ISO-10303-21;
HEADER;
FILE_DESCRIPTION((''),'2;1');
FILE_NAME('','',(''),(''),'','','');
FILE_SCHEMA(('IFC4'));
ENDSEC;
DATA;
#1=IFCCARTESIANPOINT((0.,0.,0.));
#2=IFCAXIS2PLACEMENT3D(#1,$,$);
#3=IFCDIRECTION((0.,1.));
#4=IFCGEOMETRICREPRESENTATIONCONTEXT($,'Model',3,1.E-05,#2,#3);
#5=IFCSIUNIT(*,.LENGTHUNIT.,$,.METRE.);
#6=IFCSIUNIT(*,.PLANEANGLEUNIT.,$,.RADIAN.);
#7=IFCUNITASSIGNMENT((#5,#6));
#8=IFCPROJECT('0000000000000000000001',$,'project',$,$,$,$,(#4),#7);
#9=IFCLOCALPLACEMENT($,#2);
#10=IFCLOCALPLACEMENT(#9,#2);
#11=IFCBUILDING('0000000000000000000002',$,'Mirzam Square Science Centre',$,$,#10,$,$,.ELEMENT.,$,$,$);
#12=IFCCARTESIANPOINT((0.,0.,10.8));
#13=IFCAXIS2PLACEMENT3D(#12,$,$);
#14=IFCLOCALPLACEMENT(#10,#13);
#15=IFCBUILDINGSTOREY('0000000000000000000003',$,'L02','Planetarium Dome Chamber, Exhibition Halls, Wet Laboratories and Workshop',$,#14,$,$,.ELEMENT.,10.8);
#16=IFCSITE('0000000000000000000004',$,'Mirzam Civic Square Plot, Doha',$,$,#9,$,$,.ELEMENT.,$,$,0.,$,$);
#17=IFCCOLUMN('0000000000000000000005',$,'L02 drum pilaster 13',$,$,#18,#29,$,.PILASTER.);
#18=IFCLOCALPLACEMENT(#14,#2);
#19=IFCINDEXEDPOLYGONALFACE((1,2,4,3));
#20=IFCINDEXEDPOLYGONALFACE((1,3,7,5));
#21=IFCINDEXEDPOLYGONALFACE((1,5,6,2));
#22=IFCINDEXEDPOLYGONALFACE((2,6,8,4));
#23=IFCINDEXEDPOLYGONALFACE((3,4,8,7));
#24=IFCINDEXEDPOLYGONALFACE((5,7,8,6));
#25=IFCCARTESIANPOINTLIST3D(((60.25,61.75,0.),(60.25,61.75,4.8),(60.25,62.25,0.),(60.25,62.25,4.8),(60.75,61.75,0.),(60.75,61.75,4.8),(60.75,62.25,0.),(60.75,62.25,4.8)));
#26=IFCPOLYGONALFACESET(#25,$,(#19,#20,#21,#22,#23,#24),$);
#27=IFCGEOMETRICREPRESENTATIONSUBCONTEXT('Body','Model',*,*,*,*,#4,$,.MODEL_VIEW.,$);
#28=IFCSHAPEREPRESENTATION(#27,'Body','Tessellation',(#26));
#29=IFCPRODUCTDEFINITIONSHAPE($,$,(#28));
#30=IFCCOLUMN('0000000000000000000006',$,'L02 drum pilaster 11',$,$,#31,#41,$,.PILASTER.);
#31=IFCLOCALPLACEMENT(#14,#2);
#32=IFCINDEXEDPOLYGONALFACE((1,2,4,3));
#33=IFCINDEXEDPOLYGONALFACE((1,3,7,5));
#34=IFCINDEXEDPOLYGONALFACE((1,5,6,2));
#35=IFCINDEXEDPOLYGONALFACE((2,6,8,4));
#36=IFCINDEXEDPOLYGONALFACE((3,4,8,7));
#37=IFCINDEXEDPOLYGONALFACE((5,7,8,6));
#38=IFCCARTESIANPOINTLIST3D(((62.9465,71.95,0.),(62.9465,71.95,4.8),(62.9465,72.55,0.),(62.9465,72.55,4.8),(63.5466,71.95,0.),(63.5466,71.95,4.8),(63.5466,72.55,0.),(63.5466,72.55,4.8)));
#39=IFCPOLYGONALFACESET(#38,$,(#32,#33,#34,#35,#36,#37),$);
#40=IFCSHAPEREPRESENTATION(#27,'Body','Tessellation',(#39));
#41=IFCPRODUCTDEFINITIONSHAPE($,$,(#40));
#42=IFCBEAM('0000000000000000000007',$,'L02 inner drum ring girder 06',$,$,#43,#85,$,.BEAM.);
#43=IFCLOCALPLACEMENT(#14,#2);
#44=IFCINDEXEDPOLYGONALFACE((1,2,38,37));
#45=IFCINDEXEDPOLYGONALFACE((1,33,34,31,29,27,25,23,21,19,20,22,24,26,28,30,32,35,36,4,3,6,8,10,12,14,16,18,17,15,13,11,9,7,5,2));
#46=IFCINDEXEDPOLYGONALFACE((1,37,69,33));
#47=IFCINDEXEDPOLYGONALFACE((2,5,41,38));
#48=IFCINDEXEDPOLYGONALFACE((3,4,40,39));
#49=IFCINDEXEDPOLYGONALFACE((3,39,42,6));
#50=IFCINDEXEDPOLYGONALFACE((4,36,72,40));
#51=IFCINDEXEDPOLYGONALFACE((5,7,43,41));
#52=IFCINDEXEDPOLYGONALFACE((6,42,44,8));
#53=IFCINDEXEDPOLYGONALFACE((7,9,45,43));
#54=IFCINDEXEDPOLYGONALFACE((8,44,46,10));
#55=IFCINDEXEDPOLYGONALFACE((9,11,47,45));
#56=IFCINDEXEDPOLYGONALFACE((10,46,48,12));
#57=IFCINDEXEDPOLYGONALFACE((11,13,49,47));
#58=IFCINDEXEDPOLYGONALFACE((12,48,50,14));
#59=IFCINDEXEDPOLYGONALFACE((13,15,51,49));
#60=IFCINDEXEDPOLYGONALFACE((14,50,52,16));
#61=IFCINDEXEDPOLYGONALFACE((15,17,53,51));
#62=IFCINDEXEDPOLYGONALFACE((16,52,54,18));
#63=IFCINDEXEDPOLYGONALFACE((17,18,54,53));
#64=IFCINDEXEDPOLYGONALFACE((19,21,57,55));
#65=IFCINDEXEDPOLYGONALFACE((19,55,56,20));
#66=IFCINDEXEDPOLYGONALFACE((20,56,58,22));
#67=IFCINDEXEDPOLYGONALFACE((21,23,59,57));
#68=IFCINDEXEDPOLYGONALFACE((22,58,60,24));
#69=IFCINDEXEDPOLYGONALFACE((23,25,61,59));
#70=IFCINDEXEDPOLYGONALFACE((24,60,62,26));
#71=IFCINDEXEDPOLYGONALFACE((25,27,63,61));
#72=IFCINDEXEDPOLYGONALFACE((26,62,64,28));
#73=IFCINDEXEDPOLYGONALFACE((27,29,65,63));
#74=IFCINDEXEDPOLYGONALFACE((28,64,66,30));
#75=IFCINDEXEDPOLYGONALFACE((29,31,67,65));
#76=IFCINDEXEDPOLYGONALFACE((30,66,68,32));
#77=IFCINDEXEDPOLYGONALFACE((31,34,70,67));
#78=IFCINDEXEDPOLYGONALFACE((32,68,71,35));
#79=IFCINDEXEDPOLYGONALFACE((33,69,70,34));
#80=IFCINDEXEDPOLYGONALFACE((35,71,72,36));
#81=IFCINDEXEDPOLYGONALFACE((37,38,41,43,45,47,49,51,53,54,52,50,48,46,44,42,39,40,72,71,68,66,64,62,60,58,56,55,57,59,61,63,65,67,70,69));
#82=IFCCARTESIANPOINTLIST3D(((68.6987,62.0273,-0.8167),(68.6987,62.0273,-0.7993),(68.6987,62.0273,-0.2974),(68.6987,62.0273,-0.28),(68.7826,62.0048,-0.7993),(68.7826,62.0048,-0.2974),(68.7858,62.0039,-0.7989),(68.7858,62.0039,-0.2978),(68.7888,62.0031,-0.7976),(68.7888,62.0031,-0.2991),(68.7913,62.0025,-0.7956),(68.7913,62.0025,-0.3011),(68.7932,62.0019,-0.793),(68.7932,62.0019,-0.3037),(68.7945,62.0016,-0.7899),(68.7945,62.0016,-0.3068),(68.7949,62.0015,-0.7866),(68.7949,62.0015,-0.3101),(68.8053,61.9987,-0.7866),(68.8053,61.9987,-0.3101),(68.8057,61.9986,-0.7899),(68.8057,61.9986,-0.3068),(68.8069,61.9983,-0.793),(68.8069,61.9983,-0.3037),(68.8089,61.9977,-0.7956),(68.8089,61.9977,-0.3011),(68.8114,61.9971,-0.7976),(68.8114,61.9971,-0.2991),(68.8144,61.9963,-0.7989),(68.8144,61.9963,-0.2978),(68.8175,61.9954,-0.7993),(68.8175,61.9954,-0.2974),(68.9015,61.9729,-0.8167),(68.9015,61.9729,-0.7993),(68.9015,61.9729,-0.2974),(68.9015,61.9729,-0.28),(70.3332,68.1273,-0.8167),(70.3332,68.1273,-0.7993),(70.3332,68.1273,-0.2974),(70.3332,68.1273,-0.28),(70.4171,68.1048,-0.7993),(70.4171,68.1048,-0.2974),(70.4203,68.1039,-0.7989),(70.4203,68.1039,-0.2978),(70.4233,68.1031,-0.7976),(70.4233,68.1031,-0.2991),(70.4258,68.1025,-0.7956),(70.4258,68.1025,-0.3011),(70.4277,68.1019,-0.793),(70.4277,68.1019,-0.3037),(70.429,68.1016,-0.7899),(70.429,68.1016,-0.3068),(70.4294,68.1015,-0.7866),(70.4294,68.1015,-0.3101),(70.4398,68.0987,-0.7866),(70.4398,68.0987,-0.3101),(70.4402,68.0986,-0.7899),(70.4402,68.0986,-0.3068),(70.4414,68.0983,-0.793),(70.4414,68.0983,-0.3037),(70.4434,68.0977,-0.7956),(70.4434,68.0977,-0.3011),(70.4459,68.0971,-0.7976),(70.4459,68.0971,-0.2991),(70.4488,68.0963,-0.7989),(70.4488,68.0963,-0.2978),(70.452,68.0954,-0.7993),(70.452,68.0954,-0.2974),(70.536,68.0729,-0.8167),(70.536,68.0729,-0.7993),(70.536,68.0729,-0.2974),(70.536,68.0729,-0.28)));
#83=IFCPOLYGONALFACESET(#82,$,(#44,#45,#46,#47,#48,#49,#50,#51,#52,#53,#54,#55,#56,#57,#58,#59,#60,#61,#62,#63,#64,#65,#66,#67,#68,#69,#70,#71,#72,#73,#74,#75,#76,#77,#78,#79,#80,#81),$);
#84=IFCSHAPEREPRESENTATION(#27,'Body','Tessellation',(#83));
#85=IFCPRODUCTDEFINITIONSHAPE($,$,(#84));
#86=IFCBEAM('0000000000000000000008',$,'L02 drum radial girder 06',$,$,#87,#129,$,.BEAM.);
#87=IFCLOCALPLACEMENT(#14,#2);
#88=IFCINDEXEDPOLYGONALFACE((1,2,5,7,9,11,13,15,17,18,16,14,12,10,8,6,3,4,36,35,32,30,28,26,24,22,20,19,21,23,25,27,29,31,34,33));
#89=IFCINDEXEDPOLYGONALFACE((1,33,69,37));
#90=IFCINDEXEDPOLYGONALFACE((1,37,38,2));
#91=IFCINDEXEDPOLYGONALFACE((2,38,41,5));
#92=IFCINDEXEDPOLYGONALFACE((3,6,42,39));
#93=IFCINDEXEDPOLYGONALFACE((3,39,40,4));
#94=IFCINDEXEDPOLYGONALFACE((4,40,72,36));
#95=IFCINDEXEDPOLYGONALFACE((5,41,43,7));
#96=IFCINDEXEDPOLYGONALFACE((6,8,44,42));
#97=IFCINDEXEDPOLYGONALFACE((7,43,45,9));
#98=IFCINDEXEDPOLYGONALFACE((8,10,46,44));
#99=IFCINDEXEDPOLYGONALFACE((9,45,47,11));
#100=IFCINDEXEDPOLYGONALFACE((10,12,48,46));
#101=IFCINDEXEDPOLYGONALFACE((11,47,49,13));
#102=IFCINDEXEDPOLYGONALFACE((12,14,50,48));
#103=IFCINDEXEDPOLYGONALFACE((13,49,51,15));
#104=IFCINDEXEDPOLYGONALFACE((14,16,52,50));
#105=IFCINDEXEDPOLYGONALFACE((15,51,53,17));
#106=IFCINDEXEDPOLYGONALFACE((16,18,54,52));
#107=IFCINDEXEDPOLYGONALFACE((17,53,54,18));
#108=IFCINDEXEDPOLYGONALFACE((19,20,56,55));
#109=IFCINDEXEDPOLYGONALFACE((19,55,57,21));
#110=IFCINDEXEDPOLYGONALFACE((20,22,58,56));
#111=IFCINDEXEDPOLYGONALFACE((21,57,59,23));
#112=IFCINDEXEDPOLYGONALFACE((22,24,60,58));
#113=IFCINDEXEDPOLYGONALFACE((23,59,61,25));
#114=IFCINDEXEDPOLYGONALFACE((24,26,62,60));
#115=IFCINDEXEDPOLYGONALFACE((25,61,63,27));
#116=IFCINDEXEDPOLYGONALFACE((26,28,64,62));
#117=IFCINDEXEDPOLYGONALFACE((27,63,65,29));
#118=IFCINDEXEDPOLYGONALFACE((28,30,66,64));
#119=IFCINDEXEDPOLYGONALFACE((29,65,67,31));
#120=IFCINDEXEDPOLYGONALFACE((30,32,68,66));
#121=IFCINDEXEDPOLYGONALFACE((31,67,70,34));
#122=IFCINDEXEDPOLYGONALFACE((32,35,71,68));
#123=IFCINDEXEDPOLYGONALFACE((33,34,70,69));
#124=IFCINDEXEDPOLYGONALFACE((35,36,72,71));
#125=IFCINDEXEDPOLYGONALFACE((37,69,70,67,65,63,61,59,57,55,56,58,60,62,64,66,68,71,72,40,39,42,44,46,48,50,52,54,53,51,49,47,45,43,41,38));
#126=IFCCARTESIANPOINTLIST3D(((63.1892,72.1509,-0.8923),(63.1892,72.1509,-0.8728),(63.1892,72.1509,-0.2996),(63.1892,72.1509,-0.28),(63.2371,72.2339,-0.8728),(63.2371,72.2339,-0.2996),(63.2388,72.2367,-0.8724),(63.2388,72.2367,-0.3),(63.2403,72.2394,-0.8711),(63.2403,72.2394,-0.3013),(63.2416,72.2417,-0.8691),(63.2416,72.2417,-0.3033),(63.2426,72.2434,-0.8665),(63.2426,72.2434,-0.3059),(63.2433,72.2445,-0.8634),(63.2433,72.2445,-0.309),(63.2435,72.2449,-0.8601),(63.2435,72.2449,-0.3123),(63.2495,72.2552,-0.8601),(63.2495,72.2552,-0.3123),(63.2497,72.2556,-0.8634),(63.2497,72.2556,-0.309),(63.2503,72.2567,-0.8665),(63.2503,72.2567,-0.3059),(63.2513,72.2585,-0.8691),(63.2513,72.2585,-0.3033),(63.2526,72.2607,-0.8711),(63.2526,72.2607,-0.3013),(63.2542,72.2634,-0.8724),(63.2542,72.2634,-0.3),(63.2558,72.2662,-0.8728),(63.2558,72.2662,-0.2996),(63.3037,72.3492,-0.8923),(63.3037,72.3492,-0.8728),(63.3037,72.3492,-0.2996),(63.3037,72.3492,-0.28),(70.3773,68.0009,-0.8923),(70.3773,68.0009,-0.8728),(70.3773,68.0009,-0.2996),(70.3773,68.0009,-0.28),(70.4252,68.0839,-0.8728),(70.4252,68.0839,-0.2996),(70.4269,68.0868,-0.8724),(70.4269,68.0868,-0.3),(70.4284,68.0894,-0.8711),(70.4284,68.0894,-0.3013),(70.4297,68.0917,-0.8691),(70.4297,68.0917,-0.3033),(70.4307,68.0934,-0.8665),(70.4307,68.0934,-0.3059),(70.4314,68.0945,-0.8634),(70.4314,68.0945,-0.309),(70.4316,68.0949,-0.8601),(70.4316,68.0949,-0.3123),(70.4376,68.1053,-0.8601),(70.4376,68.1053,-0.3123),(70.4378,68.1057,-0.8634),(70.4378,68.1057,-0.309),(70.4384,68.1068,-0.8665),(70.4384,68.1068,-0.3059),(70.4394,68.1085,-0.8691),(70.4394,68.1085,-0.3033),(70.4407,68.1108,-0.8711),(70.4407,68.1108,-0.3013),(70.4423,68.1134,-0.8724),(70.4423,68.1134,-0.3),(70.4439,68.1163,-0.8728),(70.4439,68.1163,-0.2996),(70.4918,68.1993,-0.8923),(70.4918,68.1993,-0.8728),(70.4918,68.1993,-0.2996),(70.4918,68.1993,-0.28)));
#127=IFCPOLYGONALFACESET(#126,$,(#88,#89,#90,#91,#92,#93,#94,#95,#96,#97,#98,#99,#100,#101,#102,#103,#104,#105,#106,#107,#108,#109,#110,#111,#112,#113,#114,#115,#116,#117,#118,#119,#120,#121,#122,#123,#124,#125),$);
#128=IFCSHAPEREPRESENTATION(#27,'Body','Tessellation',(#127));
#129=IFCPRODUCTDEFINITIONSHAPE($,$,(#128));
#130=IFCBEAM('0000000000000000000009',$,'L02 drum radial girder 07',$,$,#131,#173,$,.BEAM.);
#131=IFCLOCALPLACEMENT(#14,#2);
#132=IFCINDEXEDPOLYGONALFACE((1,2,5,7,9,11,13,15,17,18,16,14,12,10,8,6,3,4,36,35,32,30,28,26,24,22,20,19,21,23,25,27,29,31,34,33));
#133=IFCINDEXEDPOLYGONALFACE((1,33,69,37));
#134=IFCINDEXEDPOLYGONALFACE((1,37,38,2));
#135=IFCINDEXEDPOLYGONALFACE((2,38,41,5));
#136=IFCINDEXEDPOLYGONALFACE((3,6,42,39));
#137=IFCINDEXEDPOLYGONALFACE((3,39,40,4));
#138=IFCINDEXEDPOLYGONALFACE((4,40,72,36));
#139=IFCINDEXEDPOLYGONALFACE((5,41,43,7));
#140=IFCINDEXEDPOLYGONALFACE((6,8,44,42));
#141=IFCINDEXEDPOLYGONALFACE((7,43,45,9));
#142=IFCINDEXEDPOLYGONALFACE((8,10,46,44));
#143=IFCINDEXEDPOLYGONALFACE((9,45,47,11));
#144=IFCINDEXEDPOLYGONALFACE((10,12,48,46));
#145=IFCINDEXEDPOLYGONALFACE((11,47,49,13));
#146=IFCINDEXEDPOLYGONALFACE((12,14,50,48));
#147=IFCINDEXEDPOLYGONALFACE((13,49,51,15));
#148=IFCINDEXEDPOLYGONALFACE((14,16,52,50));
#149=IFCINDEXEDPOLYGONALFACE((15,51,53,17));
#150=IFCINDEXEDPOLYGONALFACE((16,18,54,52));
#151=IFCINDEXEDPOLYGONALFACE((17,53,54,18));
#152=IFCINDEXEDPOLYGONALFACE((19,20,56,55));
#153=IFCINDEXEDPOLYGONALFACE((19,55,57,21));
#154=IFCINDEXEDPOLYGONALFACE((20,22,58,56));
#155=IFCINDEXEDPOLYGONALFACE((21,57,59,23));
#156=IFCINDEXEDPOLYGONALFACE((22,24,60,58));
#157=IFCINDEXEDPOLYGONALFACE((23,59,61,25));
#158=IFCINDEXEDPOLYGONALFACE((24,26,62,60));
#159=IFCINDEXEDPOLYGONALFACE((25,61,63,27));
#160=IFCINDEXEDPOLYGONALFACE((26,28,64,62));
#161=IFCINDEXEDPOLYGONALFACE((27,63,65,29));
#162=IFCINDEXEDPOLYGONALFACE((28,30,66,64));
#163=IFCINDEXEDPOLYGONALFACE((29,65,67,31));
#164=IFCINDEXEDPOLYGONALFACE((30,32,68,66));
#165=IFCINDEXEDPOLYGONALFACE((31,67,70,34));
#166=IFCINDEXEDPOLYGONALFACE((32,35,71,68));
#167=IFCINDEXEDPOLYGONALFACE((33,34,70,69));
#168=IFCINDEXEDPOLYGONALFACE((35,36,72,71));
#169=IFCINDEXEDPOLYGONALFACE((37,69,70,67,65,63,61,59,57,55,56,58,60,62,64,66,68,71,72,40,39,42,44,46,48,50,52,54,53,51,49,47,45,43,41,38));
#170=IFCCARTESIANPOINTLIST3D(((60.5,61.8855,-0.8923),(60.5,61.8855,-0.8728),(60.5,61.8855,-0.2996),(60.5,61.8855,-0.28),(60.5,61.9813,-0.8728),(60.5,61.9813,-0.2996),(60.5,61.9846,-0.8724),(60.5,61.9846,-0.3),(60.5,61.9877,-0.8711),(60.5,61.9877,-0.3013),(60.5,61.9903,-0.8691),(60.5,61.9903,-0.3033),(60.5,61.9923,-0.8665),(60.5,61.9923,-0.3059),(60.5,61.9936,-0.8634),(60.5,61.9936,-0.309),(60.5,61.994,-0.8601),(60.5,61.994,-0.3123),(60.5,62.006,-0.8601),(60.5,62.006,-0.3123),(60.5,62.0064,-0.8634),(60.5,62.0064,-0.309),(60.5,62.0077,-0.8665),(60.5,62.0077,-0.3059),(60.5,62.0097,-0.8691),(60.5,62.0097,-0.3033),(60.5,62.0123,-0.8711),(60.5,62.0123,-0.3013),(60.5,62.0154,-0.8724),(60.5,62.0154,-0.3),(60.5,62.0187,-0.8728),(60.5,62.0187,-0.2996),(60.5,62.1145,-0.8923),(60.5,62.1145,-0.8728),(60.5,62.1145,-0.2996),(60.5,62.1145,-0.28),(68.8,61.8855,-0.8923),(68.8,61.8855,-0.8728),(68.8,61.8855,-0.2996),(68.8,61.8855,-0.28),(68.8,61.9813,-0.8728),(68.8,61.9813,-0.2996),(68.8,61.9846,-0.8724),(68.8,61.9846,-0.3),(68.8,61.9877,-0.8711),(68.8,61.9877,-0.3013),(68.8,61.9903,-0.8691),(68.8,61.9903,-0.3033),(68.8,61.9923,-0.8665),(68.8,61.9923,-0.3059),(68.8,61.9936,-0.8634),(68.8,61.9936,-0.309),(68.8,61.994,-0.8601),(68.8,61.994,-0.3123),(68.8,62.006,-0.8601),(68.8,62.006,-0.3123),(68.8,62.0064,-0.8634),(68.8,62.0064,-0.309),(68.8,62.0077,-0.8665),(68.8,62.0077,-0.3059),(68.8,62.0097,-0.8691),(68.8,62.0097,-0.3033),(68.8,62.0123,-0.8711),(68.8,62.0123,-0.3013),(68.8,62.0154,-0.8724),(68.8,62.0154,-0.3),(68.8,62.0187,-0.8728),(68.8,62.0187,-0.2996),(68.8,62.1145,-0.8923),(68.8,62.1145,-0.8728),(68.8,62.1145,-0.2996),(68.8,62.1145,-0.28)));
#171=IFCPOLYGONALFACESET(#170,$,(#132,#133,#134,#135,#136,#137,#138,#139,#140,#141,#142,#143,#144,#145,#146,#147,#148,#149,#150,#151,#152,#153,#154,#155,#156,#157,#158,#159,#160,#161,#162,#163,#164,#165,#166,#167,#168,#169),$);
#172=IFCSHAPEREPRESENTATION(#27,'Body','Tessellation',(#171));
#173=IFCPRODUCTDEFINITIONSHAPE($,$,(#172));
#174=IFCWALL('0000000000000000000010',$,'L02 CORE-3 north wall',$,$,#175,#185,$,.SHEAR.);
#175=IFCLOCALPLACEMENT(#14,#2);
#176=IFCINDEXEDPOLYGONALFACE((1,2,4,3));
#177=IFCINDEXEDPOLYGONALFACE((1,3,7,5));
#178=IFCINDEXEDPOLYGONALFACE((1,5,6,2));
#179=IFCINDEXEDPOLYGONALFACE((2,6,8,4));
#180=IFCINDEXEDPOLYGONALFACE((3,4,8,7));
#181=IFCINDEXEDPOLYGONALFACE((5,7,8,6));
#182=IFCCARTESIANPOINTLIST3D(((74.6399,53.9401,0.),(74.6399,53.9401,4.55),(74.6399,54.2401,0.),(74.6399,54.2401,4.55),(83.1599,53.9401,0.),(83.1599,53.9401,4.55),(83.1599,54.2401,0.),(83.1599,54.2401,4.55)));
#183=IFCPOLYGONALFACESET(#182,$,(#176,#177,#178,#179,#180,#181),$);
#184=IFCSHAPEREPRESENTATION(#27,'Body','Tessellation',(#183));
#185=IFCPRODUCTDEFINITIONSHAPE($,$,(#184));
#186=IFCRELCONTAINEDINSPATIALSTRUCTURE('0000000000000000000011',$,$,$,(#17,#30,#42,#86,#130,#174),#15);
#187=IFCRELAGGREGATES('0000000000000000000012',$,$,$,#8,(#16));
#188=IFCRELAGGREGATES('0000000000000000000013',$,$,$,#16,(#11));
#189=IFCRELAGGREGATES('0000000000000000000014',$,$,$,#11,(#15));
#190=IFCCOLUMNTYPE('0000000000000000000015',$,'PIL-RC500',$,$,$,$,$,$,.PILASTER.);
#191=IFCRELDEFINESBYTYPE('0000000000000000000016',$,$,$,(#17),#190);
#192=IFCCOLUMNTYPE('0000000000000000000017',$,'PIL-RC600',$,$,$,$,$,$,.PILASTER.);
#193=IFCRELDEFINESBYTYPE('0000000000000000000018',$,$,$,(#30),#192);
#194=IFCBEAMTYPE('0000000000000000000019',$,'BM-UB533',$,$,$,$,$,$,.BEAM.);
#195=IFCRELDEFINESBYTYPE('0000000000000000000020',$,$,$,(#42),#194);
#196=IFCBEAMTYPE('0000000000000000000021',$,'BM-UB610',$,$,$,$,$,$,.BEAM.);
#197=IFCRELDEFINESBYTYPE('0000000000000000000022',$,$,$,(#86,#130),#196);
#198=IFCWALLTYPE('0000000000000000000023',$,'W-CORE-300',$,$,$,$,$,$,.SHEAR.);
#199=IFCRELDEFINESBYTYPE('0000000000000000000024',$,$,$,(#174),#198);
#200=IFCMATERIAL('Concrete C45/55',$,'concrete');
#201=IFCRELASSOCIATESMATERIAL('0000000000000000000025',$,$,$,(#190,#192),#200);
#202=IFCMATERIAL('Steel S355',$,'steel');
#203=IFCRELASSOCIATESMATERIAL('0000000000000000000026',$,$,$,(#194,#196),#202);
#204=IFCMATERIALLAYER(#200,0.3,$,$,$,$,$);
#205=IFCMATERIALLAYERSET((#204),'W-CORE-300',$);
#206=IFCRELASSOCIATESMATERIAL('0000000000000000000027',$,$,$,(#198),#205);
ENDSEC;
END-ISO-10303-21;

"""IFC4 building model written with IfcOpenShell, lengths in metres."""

from ifc_helpers import new_model, si_unit, direction, frame, frame_2d, origin, origin_2d, place, context, subcontext, project, spatial, rectangle, i_section, extrude, material, layer, layer_set, material_profile, profile_set, type_object, element, save


model = new_model("IFC4")

# Units and contexts
model_context = context("Model", 3, precision=1e-05, world=origin(), true_north=direction((0.0, 1.0)))
body_context = subcontext(model_context, "Body", "Model", "MODEL_VIEW")
ifc_project = project(units=[si_unit("LENGTHUNIT", "METRE"), si_unit("PLANEANGLEUNIT", "RADIAN")], contexts=[model_context])

# Site, building, storey
site_placement = place(None, origin())
site = spatial("IfcSite", under=ifc_project, at=site_placement, Name="Mirzam Civic Square Plot, Doha", CompositionType="ELEMENT", RefElevation=0.0)
building_placement = place(site_placement, origin())
building = spatial("IfcBuilding", under=site, at=building_placement, Name="Mirzam Square Science Centre", CompositionType="ELEMENT")
storey_placement = place(building_placement, frame((0.0, 0.0, 10.8)))
storey = spatial("IfcBuildingStorey", under=building, at=storey_placement, Name="L02", Description="Planetarium Dome Chamber, Exhibition Halls, Wet Laboratories and Workshop", CompositionType="ELEMENT", Elevation=10.8)

# Columns
ifc_material_1 = material(Name="Concrete C45/55", Category="concrete")
ifc_material_profile_1 = material_profile(ifc_material_1, rectangle(XDim=0.5, YDim=0.5, at=origin_2d()), Name="RC500x500")
ifc_profile_set_1 = profile_set([ifc_material_profile_1], Name="Concrete C45/55")
column_type_1 = type_object("IfcColumnType", Name="PIL-RC500", PredefinedType="PILASTER", material=ifc_profile_set_1)
column_1_placement = place(storey_placement, frame((60.5, 62.0, 0.0), z_axis=(0.0, 0.0, 1.0), x_axis=(1.0, 0.0, 0.0)))
element("IfcColumn", 1, at=column_1_placement, inside=storey, type_object=column_type_1, Name="L02 drum pilaster 13", PredefinedType="PILASTER", context=body_context, shape_type="SweptSolid", body=[
    extrude(rectangle(XDim=0.5, YDim=0.5, at=origin_2d()), origin(), (0.0, 0.0, 1.0), 4.8),
])
ifc_material_profile_2 = material_profile(ifc_material_1, rectangle(XDim=0.6001, YDim=0.6001, at=origin_2d()), Name="RC600x600")
ifc_profile_set_2 = profile_set([ifc_material_profile_2], Name="Concrete C45/55")
column_type_2 = type_object("IfcColumnType", Name="PIL-RC600", PredefinedType="PILASTER", material=ifc_profile_set_2)
column_2_placement = place(storey_placement, frame((63.2466, 72.25, 0.0), z_axis=(0.0, 0.0, 1.0), x_axis=(1.0, 0.0, 0.0)))
element("IfcColumn", 2, at=column_2_placement, inside=storey, type_object=column_type_2, Name="L02 drum pilaster 11", PredefinedType="PILASTER", context=body_context, shape_type="SweptSolid", body=[
    extrude(rectangle(XDim=0.6001, YDim=0.6001, at=origin_2d()), origin(), (0.0, 0.0, 1.0), 4.8),
])

# Beams
ifc_material_2 = material(Name="Steel S355", Category="steel")
ifc_material_profile_3 = material_profile(ifc_material_2, i_section(OverallWidth=0.21, OverallDepth=0.5366, WebThickness=0.0107, FlangeThickness=0.0173, FilletRadius=0.0127, at=origin_2d()), Name="533x210x101UB")
ifc_profile_set_3 = profile_set([ifc_material_profile_3], Name="Steel S355")
beam_type_1 = type_object("IfcBeamType", Name="BM-UB533", PredefinedType="BEAM", material=ifc_profile_set_3)
beam_placement = place(storey_placement, frame((70.4346, 68.1001, -0.5483), z_axis=(-0.25882, -0.965926, 0.0), x_axis=(0.965926, -0.25882, 0.0)))
element("IfcBeam", 3, at=beam_placement, inside=storey, type_object=beam_type_1, Name="L02 inner drum ring girder 06", PredefinedType="BEAM", context=body_context, shape_type="SweptSolid", body=[
    extrude(i_section(OverallWidth=0.21, OverallDepth=0.5366, WebThickness=0.0107, FlangeThickness=0.0173, FilletRadius=0.0127, at=origin_2d()), origin(), (0.0, 0.0, 1.0), 6.3152),
])
ifc_material_profile_4 = material_profile(ifc_material_2, i_section(OverallWidth=0.229, OverallDepth=0.6123, WebThickness=0.012, FlangeThickness=0.0195, FilletRadius=0.0127, at=origin_2d()), Name="610x229x125UB")
ifc_profile_set_4 = profile_set([ifc_material_profile_4], Name="Steel S355")
beam_type_2 = type_object("IfcBeamType", Name="BM-UB610", PredefinedType="BEAM", material=ifc_profile_set_4)
for number, where, z_axis, x_axis, name in (
    (4, (70.4346, 68.1001, -0.5862), (-0.86603, 0.499992, 0.0), (-0.499992, -0.86603, 0.0), "L02 drum radial girder 06"),
    (5, (68.8, 62.0, -0.5862), (-1.0, 0.0, 0.0), (0.0, -1.0, 0.0), "L02 drum radial girder 07"),
):
    element("IfcBeam", number, at=place(storey_placement, frame(where, z_axis=z_axis, x_axis=x_axis)), inside=storey, type_object=beam_type_2, Name=name, PredefinedType="BEAM", context=body_context, shape_type="SweptSolid", body=[
        extrude(i_section(OverallWidth=0.229, OverallDepth=0.6123, WebThickness=0.012, FlangeThickness=0.0195, FilletRadius=0.0127, at=origin_2d()), origin(), (0.0, 0.0, 1.0), 8.3),
    ])

# Wall
ifc_layer_1 = layer(ifc_material_1, 0.3)
ifc_layer_set_1 = layer_set([ifc_layer_1], Name="W-CORE-300")
wall_type_1 = type_object("IfcWallType", Name="W-CORE-300", PredefinedType="SHEAR", material=ifc_layer_set_1)
wall_1_placement = place(storey_placement, frame((83.1599, 54.0901, 0.0), z_axis=(0.0, 0.0, 1.0), x_axis=(-1.0, 0.0, 0.0)))
element("IfcWall", 6, at=wall_1_placement, inside=storey, type_object=wall_type_1, Name="L02 CORE-3 north wall", PredefinedType="SHEAR", context=body_context, shape_type="SweptSolid", body=[
    extrude(rectangle(XDim=8.52, YDim=0.3, at=frame_2d((4.26, 0.0))), origin(), (0.0, 0.0, 1.0), 4.55),
])

save(model, "model.ifc")
